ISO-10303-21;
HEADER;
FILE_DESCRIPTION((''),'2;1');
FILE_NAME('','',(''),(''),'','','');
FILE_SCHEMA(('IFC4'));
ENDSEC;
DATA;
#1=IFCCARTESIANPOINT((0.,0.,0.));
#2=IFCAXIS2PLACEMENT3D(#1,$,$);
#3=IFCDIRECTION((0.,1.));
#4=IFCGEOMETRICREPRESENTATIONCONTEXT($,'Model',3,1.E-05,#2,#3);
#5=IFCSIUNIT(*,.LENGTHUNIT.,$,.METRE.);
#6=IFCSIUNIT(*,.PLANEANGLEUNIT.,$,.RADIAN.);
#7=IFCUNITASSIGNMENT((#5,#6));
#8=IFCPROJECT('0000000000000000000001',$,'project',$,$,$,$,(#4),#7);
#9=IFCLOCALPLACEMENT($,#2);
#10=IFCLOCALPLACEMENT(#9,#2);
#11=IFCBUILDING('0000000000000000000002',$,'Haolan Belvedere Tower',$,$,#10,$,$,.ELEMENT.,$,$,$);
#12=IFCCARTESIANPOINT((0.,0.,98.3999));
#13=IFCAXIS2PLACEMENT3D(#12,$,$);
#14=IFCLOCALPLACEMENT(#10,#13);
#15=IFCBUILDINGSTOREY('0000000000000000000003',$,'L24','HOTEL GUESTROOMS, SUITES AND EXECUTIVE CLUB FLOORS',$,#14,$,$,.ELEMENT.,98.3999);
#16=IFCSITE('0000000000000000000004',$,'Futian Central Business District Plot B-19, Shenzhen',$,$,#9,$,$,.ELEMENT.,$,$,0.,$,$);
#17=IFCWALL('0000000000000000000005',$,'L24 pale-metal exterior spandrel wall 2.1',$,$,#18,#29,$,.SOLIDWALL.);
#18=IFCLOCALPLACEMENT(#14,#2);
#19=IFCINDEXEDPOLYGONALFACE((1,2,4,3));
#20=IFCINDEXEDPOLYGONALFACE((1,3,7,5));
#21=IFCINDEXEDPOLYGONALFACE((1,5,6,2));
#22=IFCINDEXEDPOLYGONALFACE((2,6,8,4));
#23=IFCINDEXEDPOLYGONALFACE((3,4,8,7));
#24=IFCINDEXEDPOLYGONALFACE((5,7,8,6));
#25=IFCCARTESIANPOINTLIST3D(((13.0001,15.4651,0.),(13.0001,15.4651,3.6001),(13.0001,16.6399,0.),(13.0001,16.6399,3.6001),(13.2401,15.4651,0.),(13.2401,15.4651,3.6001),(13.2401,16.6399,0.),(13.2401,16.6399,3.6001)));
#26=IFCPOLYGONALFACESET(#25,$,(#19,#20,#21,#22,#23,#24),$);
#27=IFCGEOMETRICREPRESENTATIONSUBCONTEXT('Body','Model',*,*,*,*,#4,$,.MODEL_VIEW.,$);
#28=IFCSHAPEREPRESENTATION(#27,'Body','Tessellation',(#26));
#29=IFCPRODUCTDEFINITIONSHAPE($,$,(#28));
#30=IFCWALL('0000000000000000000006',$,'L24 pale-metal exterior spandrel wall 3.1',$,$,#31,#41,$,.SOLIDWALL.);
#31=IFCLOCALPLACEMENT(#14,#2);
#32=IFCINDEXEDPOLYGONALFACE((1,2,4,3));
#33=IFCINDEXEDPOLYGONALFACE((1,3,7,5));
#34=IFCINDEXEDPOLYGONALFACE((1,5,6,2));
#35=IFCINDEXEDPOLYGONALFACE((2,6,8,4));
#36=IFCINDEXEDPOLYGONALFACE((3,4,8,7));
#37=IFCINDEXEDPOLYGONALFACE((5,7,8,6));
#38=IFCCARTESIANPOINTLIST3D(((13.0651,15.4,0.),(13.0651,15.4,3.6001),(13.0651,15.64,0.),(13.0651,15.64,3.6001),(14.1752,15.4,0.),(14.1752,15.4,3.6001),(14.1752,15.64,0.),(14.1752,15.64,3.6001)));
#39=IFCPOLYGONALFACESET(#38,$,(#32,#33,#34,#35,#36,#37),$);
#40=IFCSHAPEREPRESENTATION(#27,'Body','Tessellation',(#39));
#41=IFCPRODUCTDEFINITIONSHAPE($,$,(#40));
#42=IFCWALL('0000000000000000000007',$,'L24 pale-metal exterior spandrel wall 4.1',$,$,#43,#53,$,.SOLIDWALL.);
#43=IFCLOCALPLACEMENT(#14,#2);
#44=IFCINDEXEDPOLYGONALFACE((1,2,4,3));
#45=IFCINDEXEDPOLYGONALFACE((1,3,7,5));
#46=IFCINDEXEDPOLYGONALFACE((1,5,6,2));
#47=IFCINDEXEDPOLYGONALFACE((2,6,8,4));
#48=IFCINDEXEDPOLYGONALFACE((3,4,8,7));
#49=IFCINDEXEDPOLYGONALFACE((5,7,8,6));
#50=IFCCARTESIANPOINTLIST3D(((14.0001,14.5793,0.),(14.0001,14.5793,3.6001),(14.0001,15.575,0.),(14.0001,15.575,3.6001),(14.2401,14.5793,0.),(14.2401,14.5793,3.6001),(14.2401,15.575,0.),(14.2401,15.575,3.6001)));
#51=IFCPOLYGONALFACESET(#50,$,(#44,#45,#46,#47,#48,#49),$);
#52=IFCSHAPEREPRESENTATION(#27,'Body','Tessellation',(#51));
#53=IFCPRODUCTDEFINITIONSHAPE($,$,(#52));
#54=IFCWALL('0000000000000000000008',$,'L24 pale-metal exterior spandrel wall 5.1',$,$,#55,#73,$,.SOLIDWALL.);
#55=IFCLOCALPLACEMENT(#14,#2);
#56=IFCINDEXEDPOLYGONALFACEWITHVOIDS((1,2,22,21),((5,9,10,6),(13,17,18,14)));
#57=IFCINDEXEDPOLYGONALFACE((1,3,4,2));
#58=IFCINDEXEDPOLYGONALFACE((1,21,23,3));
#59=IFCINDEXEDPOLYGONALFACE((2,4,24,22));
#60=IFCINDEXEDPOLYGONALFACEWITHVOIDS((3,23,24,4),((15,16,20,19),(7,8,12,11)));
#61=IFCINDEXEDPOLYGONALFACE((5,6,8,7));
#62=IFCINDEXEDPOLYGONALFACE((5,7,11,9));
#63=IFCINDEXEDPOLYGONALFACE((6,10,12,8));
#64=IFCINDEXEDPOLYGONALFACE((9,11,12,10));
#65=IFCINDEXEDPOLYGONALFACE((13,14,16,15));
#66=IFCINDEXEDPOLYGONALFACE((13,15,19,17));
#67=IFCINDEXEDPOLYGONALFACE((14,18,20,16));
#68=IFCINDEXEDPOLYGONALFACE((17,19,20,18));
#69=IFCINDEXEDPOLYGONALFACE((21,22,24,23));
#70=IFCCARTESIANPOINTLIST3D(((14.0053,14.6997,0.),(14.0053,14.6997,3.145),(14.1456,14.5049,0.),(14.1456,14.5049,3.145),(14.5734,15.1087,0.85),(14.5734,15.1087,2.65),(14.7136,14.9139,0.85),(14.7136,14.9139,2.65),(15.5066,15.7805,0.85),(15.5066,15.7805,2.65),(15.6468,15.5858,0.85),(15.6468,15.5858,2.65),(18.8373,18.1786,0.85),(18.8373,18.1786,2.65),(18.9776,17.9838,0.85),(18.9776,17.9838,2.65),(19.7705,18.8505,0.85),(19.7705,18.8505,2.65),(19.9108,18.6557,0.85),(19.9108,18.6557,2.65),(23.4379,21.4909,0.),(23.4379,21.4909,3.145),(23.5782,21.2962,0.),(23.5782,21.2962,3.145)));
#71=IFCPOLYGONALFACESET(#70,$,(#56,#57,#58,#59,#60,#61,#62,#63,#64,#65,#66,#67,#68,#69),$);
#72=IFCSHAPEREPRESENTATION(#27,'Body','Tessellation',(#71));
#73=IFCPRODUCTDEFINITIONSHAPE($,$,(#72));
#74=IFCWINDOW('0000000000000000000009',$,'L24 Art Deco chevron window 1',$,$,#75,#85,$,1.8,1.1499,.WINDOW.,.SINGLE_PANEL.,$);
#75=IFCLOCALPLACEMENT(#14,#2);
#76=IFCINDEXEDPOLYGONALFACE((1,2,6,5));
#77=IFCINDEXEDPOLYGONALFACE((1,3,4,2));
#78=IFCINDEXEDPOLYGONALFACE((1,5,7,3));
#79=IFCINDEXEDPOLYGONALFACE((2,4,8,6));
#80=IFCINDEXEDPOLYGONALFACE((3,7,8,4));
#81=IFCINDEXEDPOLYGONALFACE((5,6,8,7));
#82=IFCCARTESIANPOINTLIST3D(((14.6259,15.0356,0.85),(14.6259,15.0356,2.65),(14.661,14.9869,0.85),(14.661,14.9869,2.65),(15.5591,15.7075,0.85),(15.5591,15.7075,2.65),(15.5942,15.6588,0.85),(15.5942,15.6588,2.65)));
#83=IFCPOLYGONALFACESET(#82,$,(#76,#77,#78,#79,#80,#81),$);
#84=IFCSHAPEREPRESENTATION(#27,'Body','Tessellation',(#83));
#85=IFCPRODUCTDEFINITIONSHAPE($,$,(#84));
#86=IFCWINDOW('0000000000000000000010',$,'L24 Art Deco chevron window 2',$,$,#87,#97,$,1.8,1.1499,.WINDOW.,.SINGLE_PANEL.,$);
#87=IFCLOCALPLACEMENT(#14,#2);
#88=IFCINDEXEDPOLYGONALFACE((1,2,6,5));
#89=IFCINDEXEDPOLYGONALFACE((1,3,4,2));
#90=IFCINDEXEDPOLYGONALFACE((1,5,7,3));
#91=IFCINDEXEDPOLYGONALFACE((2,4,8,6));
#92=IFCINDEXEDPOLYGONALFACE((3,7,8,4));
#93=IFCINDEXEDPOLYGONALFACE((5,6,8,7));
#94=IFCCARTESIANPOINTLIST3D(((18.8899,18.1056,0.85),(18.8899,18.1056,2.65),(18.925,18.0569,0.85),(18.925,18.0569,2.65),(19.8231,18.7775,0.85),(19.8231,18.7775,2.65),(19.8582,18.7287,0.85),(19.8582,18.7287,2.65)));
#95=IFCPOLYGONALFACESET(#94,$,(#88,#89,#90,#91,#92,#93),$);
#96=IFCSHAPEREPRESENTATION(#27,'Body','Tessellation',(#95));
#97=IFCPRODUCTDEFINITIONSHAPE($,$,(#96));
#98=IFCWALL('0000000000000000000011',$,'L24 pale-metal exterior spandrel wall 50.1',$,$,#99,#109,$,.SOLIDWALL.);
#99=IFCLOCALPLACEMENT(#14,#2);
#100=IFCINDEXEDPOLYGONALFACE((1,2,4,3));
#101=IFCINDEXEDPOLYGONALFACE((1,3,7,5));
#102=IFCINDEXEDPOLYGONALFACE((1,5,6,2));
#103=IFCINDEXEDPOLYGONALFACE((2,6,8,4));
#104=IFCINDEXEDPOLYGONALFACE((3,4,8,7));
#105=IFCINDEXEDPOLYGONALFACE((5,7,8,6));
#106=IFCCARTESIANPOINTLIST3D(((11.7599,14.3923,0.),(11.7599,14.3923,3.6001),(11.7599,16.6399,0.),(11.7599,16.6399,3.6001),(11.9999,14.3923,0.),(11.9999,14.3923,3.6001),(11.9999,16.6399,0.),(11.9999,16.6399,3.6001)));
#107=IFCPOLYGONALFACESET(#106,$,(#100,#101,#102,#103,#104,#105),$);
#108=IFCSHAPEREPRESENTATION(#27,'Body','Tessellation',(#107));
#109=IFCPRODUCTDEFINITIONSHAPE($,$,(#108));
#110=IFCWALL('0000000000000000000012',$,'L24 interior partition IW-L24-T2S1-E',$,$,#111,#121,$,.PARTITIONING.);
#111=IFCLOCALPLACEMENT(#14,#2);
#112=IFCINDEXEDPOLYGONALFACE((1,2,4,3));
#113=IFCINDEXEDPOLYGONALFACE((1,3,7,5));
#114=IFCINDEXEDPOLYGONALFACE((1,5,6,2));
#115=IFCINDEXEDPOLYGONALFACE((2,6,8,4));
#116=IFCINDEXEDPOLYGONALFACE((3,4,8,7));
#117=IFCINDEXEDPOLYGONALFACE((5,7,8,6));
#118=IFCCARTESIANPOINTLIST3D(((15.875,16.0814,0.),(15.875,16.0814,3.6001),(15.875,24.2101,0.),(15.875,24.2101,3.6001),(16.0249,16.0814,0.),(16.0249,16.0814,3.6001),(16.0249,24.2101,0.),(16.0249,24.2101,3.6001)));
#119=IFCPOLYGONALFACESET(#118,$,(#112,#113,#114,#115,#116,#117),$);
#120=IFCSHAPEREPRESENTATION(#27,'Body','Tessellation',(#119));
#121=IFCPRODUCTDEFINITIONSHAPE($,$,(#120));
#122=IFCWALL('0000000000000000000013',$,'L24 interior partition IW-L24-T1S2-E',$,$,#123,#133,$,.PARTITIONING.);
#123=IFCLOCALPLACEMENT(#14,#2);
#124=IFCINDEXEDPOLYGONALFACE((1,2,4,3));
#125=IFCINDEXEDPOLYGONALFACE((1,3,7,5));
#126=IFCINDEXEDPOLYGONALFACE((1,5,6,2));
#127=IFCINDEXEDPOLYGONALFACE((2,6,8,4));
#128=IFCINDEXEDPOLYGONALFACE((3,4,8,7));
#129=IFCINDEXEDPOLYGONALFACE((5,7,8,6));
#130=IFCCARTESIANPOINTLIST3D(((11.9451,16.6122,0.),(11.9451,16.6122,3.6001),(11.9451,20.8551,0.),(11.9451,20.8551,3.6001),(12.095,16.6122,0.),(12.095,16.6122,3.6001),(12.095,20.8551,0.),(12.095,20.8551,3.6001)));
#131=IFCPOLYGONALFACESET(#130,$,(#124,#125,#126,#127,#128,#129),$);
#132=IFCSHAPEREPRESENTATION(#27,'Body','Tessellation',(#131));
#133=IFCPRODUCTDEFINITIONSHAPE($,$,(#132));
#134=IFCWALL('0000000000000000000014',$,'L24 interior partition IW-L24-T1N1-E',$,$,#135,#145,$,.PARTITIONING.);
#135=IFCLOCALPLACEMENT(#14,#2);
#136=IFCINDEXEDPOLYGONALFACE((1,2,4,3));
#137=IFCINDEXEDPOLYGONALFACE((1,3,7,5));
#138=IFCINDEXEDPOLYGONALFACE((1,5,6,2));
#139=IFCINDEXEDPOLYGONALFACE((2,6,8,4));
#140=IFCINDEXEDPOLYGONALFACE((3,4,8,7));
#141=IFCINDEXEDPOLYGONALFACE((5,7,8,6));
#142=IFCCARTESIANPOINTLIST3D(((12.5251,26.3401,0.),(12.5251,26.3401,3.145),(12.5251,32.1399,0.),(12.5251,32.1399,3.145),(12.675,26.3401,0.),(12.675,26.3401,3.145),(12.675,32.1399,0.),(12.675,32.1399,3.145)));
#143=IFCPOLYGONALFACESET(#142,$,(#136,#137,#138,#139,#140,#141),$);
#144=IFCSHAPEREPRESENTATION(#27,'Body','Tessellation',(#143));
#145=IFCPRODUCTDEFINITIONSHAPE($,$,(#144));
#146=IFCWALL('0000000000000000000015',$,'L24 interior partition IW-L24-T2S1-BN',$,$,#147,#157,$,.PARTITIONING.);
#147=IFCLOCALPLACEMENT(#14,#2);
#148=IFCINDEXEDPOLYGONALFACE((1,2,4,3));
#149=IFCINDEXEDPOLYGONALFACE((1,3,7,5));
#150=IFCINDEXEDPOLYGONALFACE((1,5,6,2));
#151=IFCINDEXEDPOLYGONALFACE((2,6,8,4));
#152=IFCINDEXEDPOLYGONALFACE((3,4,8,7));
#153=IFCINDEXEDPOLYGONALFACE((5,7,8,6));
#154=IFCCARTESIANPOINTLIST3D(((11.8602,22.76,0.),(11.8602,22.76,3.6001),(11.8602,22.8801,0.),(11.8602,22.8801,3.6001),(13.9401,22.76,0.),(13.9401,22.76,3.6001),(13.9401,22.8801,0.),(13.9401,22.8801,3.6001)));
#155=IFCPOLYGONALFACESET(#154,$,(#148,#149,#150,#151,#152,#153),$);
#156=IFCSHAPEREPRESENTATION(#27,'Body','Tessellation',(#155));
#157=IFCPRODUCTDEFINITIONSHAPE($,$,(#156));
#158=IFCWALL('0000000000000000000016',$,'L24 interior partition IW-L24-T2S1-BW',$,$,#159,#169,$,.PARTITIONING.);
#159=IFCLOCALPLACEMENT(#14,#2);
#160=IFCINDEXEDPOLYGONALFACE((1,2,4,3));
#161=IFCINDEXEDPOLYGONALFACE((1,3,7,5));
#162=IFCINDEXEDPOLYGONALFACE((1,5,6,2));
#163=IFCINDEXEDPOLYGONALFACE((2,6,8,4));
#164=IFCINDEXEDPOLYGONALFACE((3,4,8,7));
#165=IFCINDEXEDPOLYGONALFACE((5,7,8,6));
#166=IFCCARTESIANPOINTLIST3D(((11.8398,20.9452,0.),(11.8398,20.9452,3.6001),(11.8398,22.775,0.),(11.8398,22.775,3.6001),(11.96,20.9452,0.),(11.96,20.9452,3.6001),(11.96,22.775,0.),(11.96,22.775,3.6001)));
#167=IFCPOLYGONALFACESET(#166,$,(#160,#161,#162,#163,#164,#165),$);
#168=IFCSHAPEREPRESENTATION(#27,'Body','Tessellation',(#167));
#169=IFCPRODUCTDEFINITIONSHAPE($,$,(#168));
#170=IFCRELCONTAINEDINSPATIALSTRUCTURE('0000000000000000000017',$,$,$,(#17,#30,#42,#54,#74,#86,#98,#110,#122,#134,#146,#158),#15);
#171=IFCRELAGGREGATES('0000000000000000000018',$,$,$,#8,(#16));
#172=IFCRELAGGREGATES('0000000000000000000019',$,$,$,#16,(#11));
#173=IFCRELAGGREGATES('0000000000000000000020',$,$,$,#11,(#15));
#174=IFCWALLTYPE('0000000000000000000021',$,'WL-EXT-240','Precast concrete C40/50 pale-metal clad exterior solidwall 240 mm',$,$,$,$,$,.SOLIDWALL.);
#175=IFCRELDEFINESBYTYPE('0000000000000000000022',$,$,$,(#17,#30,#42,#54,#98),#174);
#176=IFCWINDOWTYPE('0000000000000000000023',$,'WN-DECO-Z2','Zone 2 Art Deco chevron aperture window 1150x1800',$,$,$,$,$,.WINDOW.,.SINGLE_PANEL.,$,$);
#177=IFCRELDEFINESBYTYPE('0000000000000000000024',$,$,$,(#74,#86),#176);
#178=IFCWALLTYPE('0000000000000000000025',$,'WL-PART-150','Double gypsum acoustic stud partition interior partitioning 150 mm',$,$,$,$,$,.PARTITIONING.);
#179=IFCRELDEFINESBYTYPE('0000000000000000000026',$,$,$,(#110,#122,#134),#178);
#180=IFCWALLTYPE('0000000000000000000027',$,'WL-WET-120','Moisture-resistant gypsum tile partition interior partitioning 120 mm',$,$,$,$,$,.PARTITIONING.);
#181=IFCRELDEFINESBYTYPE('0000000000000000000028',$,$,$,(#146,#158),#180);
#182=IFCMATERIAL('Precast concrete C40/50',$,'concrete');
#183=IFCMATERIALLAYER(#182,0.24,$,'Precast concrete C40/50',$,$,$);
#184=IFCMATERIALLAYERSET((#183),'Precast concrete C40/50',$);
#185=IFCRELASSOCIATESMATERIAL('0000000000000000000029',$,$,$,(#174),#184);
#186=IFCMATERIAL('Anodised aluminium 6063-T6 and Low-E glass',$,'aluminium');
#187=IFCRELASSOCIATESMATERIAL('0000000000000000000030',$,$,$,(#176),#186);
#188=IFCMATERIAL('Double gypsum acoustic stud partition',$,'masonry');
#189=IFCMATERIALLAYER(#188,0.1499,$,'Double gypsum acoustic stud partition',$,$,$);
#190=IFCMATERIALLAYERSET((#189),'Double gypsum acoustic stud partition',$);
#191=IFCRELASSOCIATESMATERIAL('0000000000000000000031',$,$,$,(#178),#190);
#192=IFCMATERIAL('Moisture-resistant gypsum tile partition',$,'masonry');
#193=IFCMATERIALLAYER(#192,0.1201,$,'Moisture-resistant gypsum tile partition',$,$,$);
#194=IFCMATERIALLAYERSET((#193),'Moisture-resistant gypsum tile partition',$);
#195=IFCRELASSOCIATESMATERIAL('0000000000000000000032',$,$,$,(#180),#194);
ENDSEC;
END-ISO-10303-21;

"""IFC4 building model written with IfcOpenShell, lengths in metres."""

from ifc_helpers import new_model, si_unit, direction, frame, frame_2d, origin, place, context, subcontext, project, spatial, rectangle, extrude, material, layer, layer_set, type_object, element, fill, save


model = new_model("IFC4")

# Units and contexts
model_context = context("Model", 3, precision=1e-05, world=origin(), true_north=direction((0.0, 1.0)))
body_context = subcontext(model_context, "Body", "Model", "MODEL_VIEW")
ifc_project = project(units=[si_unit("LENGTHUNIT", "METRE"), si_unit("PLANEANGLEUNIT", "RADIAN")], contexts=[model_context])

# Site, building, storey
site_placement = place(None, origin())
site = spatial("IfcSite", under=ifc_project, at=site_placement, Name="Futian Central Business District Plot B-19, Shenzhen", CompositionType="ELEMENT", RefElevation=0.0)
building_placement = place(site_placement, origin())
building = spatial("IfcBuilding", under=site, at=building_placement, Name="Haolan Belvedere Tower", CompositionType="ELEMENT")
storey_placement = place(building_placement, frame((0.0, 0.0, 98.3999)))
storey = spatial("IfcBuildingStorey", under=building, at=storey_placement, Name="L24", Description="HOTEL GUESTROOMS, SUITES AND EXECUTIVE CLUB FLOORS", CompositionType="ELEMENT", Elevation=98.3999)

# Walls
ifc_material_1 = material(Name="Precast concrete C40/50", Category="concrete")
ifc_layer_1 = layer(ifc_material_1, 0.24, Name="Precast concrete C40/50")
ifc_layer_set_1 = layer_set([ifc_layer_1], Name="Precast concrete C40/50")
wall_type_1 = type_object("IfcWallType", Name="WL-EXT-240", Description="Precast concrete C40/50 pale-metal clad exterior solidwall 240 mm", PredefinedType="SOLIDWALL", material=ifc_layer_set_1)
wall_1_placement = place(storey_placement, frame((13.1201, 16.6399, 0.0), z_axis=(0.0, 0.0, 1.0), x_axis=(0.0, -1.0, 0.0)))
element("IfcWall", 1, at=wall_1_placement, inside=storey, type_object=wall_type_1, Name="L24 pale-metal exterior spandrel wall 2.1", PredefinedType="SOLIDWALL", context=body_context, shape_type="SweptSolid", body=[
    extrude(rectangle(XDim=1.1748, YDim=0.24, at=frame_2d((0.5874, 0.0))), origin(), (0.0, 0.0, 1.0), 3.6001),
])
wall_2_placement = place(storey_placement, frame((13.0649, 15.52, 0.0), z_axis=(0.0, 0.0, 1.0), x_axis=(1.0, 0.0, 0.0)))
element("IfcWall", 2, at=wall_2_placement, inside=storey, type_object=wall_type_1, Name="L24 pale-metal exterior spandrel wall 3.1", PredefinedType="SOLIDWALL", context=body_context, shape_type="SweptSolid", body=[
    extrude(rectangle(XDim=1.1101, YDim=0.24, at=frame_2d((0.5552, 0.0))), origin(), (0.0, 0.0, 1.0), 3.6001),
])
wall_3_placement = place(storey_placement, frame((14.1201, 15.575, 0.0), z_axis=(0.0, 0.0, 1.0), x_axis=(0.0, -1.0, 0.0)))
element("IfcWall", 3, at=wall_3_placement, inside=storey, type_object=wall_type_1, Name="L24 pale-metal exterior spandrel wall 4.1", PredefinedType="SOLIDWALL", context=body_context, shape_type="SweptSolid", body=[
    extrude(rectangle(XDim=0.9956, YDim=0.24, at=frame_2d((0.4978, 0.0))), origin(), (0.0, 0.0, 1.0), 3.6001),
])

# Wall, openings, windows
wall_4_placement = place(storey_placement, frame((14.0754, 14.6023, 0.0), z_axis=(0.0, 0.0, 1.0), x_axis=(0.811544, 0.584292, 0.0)))
wall_4 = element("IfcWall", 4, at=wall_4_placement, inside=storey, type_object=wall_type_1, Name="L24 pale-metal exterior spandrel wall 5.1", PredefinedType="SOLIDWALL", context=body_context, shape_type="SweptSolid", body=[
    extrude(rectangle(XDim=11.623, YDim=0.24, at=frame_2d((5.8115, 0.0))), origin(), (0.0, 0.0, 1.0), 3.145),
])
opening_1_placement = place(wall_4_placement, frame((0.7, 0.0, 0.8501)))
opening_1 = element("IfcOpeningElement", 5, at=opening_1_placement, cuts=wall_4, PredefinedType="OPENING", context=body_context, shape_type="SweptSolid", body=[
    extrude(rectangle(XDim=1.1499, YDim=1.8, at=frame_2d((0.575, 0.8999))), frame((0.0, 0.1299, 0.0), z_axis=(0.0, -1.0, 0.0), x_axis=(1.0, 0.0, 0.0)), (0.0, 0.0, 1.0), 0.26),
])
opening_2_placement = place(wall_4_placement, frame((5.9541, 0.0, 0.8501)))
opening_2 = element("IfcOpeningElement", 6, at=opening_2_placement, cuts=wall_4, PredefinedType="OPENING", context=body_context, shape_type="SweptSolid", body=[
    extrude(rectangle(XDim=1.1499, YDim=1.8, at=frame_2d((0.575, 0.8999))), frame((0.0, 0.1299, 0.0), z_axis=(0.0, -1.0, 0.0), x_axis=(1.0, 0.0, 0.0)), (0.0, 0.0, 1.0), 0.26),
])
ifc_material_2 = material(Name="Anodised aluminium 6063-T6 and Low-E glass", Category="aluminium")
window_type = type_object("IfcWindowType", Name="WN-DECO-Z2", Description="Zone 2 Art Deco chevron aperture window 1150x1800", PartitioningType="SINGLE_PANEL", PredefinedType="WINDOW", material=ifc_material_2)
window_1_placement = place(opening_1_placement, origin())
window_1 = element("IfcWindow", 7, at=window_1_placement, inside=storey, type_object=window_type, Name="L24 Art Deco chevron window 1", OverallHeight=1.8, OverallWidth=1.1499, PartitioningType="SINGLE_PANEL", PredefinedType="WINDOW", context=body_context, shape_type="SweptSolid", body=[
    extrude(rectangle(XDim=1.1499, YDim=1.8, at=frame_2d((0.575, 0.8999))), frame((0.0, 0.03, 0.0), z_axis=(0.0, -1.0, 0.0), x_axis=(1.0, 0.0, 0.0)), (0.0, 0.0, 1.0), 0.0601),
])
fill(opening_1, window_1)
window_2_placement = place(opening_2_placement, origin())
window_2 = element("IfcWindow", 8, at=window_2_placement, inside=storey, type_object=window_type, Name="L24 Art Deco chevron window 2", OverallHeight=1.8, OverallWidth=1.1499, PartitioningType="SINGLE_PANEL", PredefinedType="WINDOW", context=body_context, shape_type="SweptSolid", body=[
    extrude(rectangle(XDim=1.1499, YDim=1.8, at=frame_2d((0.575, 0.8999))), frame((0.0, 0.03, 0.0), z_axis=(0.0, -1.0, 0.0), x_axis=(1.0, 0.0, 0.0)), (0.0, 0.0, 1.0), 0.0601),
])
fill(opening_2, window_2)

# Walls
wall_5_placement = place(storey_placement, frame((11.8799, 14.3923, 0.0), z_axis=(0.0, 0.0, 1.0), x_axis=(0.0, 1.0, 0.0)))
element("IfcWall", 9, at=wall_5_placement, inside=storey, type_object=wall_type_1, Name="L24 pale-metal exterior spandrel wall 50.1", PredefinedType="SOLIDWALL", context=body_context, shape_type="SweptSolid", body=[
    extrude(rectangle(XDim=2.2476, YDim=0.24, at=frame_2d((1.1238, 0.0))), origin(), (0.0, 0.0, 1.0), 3.6001),
])
ifc_material_3 = material(Name="Double gypsum acoustic stud partition", Category="masonry")
ifc_layer_2 = layer(ifc_material_3, 0.1499, Name="Double gypsum acoustic stud partition")
ifc_layer_set_2 = layer_set([ifc_layer_2], Name="Double gypsum acoustic stud partition")
wall_type_2 = type_object("IfcWallType", Name="WL-PART-150", Description="Double gypsum acoustic stud partition interior partitioning 150 mm", PredefinedType="PARTITIONING", material=ifc_layer_set_2)
wall_6_placement = place(storey_placement, frame((15.95, 16.0813, 0.0), z_axis=(0.0, 0.0, 1.0), x_axis=(0.0, 1.0, 0.0)))
element("IfcWall", 10, at=wall_6_placement, inside=storey, type_object=wall_type_2, Name="L24 interior partition IW-L24-T2S1-E", PredefinedType="PARTITIONING", context=body_context, shape_type="SweptSolid", body=[
    extrude(rectangle(XDim=8.1287, YDim=0.1499, at=frame_2d((4.0645, 0.0))), origin(), (0.0, 0.0, 1.0), 3.6001),
])

# Walls
wall_7_placement = place(storey_placement, frame((12.02, 16.6121, 0.0), z_axis=(0.0, 0.0, 1.0), x_axis=(0.0, 1.0, 0.0)))
element("IfcWall", 11, at=wall_7_placement, inside=storey, type_object=wall_type_2, Name="L24 interior partition IW-L24-T1S2-E", PredefinedType="PARTITIONING", context=body_context, shape_type="SweptSolid", body=[
    extrude(rectangle(XDim=4.2429, YDim=0.1499, at=frame_2d((2.1216, 0.0))), origin(), (0.0, 0.0, 1.0), 3.6001),
])
wall_8_placement = place(storey_placement, frame((12.6001, 26.3401, 0.0), z_axis=(0.0, 0.0, 1.0), x_axis=(0.0, 1.0, 0.0)))
element("IfcWall", 12, at=wall_8_placement, inside=storey, type_object=wall_type_2, Name="L24 interior partition IW-L24-T1N1-E", PredefinedType="PARTITIONING", context=body_context, shape_type="SweptSolid", body=[
    extrude(rectangle(XDim=5.7998, YDim=0.1499, at=frame_2d((2.8999, 0.0))), origin(), (0.0, 0.0, 1.0), 3.145),
])
ifc_material_4 = material(Name="Moisture-resistant gypsum tile partition", Category="masonry")
ifc_layer_3 = layer(ifc_material_4, 0.1201, Name="Moisture-resistant gypsum tile partition")
ifc_layer_set_3 = layer_set([ifc_layer_3], Name="Moisture-resistant gypsum tile partition")
wall_type_3 = type_object("IfcWallType", Name="WL-WET-120", Description="Moisture-resistant gypsum tile partition interior partitioning 120 mm", PredefinedType="PARTITIONING", material=ifc_layer_set_3)
wall_9_placement = place(storey_placement, frame((11.8601, 22.8201, 0.0), z_axis=(0.0, 0.0, 1.0), x_axis=(1.0, 0.0, 0.0)))
element("IfcWall", 13, at=wall_9_placement, inside=storey, type_object=wall_type_3, Name="L24 interior partition IW-L24-T2S1-BN", PredefinedType="PARTITIONING", context=body_context, shape_type="SweptSolid", body=[
    extrude(rectangle(XDim=2.0798, YDim=0.1201, at=frame_2d((1.04, 0.0))), origin(), (0.0, 0.0, 1.0), 3.6001),
])
wall_10_placement = place(storey_placement, frame((11.8999, 20.9451, 0.0), z_axis=(0.0, 0.0, 1.0), x_axis=(0.0, 1.0, 0.0)))
element("IfcWall", 14, at=wall_10_placement, inside=storey, type_object=wall_type_3, Name="L24 interior partition IW-L24-T2S1-BW", PredefinedType="PARTITIONING", context=body_context, shape_type="SweptSolid", body=[
    extrude(rectangle(XDim=1.8298, YDim=0.1201, at=frame_2d((0.915, 0.0))), origin(), (0.0, 0.0, 1.0), 3.6001),
])

save(model, "model.ifc")
